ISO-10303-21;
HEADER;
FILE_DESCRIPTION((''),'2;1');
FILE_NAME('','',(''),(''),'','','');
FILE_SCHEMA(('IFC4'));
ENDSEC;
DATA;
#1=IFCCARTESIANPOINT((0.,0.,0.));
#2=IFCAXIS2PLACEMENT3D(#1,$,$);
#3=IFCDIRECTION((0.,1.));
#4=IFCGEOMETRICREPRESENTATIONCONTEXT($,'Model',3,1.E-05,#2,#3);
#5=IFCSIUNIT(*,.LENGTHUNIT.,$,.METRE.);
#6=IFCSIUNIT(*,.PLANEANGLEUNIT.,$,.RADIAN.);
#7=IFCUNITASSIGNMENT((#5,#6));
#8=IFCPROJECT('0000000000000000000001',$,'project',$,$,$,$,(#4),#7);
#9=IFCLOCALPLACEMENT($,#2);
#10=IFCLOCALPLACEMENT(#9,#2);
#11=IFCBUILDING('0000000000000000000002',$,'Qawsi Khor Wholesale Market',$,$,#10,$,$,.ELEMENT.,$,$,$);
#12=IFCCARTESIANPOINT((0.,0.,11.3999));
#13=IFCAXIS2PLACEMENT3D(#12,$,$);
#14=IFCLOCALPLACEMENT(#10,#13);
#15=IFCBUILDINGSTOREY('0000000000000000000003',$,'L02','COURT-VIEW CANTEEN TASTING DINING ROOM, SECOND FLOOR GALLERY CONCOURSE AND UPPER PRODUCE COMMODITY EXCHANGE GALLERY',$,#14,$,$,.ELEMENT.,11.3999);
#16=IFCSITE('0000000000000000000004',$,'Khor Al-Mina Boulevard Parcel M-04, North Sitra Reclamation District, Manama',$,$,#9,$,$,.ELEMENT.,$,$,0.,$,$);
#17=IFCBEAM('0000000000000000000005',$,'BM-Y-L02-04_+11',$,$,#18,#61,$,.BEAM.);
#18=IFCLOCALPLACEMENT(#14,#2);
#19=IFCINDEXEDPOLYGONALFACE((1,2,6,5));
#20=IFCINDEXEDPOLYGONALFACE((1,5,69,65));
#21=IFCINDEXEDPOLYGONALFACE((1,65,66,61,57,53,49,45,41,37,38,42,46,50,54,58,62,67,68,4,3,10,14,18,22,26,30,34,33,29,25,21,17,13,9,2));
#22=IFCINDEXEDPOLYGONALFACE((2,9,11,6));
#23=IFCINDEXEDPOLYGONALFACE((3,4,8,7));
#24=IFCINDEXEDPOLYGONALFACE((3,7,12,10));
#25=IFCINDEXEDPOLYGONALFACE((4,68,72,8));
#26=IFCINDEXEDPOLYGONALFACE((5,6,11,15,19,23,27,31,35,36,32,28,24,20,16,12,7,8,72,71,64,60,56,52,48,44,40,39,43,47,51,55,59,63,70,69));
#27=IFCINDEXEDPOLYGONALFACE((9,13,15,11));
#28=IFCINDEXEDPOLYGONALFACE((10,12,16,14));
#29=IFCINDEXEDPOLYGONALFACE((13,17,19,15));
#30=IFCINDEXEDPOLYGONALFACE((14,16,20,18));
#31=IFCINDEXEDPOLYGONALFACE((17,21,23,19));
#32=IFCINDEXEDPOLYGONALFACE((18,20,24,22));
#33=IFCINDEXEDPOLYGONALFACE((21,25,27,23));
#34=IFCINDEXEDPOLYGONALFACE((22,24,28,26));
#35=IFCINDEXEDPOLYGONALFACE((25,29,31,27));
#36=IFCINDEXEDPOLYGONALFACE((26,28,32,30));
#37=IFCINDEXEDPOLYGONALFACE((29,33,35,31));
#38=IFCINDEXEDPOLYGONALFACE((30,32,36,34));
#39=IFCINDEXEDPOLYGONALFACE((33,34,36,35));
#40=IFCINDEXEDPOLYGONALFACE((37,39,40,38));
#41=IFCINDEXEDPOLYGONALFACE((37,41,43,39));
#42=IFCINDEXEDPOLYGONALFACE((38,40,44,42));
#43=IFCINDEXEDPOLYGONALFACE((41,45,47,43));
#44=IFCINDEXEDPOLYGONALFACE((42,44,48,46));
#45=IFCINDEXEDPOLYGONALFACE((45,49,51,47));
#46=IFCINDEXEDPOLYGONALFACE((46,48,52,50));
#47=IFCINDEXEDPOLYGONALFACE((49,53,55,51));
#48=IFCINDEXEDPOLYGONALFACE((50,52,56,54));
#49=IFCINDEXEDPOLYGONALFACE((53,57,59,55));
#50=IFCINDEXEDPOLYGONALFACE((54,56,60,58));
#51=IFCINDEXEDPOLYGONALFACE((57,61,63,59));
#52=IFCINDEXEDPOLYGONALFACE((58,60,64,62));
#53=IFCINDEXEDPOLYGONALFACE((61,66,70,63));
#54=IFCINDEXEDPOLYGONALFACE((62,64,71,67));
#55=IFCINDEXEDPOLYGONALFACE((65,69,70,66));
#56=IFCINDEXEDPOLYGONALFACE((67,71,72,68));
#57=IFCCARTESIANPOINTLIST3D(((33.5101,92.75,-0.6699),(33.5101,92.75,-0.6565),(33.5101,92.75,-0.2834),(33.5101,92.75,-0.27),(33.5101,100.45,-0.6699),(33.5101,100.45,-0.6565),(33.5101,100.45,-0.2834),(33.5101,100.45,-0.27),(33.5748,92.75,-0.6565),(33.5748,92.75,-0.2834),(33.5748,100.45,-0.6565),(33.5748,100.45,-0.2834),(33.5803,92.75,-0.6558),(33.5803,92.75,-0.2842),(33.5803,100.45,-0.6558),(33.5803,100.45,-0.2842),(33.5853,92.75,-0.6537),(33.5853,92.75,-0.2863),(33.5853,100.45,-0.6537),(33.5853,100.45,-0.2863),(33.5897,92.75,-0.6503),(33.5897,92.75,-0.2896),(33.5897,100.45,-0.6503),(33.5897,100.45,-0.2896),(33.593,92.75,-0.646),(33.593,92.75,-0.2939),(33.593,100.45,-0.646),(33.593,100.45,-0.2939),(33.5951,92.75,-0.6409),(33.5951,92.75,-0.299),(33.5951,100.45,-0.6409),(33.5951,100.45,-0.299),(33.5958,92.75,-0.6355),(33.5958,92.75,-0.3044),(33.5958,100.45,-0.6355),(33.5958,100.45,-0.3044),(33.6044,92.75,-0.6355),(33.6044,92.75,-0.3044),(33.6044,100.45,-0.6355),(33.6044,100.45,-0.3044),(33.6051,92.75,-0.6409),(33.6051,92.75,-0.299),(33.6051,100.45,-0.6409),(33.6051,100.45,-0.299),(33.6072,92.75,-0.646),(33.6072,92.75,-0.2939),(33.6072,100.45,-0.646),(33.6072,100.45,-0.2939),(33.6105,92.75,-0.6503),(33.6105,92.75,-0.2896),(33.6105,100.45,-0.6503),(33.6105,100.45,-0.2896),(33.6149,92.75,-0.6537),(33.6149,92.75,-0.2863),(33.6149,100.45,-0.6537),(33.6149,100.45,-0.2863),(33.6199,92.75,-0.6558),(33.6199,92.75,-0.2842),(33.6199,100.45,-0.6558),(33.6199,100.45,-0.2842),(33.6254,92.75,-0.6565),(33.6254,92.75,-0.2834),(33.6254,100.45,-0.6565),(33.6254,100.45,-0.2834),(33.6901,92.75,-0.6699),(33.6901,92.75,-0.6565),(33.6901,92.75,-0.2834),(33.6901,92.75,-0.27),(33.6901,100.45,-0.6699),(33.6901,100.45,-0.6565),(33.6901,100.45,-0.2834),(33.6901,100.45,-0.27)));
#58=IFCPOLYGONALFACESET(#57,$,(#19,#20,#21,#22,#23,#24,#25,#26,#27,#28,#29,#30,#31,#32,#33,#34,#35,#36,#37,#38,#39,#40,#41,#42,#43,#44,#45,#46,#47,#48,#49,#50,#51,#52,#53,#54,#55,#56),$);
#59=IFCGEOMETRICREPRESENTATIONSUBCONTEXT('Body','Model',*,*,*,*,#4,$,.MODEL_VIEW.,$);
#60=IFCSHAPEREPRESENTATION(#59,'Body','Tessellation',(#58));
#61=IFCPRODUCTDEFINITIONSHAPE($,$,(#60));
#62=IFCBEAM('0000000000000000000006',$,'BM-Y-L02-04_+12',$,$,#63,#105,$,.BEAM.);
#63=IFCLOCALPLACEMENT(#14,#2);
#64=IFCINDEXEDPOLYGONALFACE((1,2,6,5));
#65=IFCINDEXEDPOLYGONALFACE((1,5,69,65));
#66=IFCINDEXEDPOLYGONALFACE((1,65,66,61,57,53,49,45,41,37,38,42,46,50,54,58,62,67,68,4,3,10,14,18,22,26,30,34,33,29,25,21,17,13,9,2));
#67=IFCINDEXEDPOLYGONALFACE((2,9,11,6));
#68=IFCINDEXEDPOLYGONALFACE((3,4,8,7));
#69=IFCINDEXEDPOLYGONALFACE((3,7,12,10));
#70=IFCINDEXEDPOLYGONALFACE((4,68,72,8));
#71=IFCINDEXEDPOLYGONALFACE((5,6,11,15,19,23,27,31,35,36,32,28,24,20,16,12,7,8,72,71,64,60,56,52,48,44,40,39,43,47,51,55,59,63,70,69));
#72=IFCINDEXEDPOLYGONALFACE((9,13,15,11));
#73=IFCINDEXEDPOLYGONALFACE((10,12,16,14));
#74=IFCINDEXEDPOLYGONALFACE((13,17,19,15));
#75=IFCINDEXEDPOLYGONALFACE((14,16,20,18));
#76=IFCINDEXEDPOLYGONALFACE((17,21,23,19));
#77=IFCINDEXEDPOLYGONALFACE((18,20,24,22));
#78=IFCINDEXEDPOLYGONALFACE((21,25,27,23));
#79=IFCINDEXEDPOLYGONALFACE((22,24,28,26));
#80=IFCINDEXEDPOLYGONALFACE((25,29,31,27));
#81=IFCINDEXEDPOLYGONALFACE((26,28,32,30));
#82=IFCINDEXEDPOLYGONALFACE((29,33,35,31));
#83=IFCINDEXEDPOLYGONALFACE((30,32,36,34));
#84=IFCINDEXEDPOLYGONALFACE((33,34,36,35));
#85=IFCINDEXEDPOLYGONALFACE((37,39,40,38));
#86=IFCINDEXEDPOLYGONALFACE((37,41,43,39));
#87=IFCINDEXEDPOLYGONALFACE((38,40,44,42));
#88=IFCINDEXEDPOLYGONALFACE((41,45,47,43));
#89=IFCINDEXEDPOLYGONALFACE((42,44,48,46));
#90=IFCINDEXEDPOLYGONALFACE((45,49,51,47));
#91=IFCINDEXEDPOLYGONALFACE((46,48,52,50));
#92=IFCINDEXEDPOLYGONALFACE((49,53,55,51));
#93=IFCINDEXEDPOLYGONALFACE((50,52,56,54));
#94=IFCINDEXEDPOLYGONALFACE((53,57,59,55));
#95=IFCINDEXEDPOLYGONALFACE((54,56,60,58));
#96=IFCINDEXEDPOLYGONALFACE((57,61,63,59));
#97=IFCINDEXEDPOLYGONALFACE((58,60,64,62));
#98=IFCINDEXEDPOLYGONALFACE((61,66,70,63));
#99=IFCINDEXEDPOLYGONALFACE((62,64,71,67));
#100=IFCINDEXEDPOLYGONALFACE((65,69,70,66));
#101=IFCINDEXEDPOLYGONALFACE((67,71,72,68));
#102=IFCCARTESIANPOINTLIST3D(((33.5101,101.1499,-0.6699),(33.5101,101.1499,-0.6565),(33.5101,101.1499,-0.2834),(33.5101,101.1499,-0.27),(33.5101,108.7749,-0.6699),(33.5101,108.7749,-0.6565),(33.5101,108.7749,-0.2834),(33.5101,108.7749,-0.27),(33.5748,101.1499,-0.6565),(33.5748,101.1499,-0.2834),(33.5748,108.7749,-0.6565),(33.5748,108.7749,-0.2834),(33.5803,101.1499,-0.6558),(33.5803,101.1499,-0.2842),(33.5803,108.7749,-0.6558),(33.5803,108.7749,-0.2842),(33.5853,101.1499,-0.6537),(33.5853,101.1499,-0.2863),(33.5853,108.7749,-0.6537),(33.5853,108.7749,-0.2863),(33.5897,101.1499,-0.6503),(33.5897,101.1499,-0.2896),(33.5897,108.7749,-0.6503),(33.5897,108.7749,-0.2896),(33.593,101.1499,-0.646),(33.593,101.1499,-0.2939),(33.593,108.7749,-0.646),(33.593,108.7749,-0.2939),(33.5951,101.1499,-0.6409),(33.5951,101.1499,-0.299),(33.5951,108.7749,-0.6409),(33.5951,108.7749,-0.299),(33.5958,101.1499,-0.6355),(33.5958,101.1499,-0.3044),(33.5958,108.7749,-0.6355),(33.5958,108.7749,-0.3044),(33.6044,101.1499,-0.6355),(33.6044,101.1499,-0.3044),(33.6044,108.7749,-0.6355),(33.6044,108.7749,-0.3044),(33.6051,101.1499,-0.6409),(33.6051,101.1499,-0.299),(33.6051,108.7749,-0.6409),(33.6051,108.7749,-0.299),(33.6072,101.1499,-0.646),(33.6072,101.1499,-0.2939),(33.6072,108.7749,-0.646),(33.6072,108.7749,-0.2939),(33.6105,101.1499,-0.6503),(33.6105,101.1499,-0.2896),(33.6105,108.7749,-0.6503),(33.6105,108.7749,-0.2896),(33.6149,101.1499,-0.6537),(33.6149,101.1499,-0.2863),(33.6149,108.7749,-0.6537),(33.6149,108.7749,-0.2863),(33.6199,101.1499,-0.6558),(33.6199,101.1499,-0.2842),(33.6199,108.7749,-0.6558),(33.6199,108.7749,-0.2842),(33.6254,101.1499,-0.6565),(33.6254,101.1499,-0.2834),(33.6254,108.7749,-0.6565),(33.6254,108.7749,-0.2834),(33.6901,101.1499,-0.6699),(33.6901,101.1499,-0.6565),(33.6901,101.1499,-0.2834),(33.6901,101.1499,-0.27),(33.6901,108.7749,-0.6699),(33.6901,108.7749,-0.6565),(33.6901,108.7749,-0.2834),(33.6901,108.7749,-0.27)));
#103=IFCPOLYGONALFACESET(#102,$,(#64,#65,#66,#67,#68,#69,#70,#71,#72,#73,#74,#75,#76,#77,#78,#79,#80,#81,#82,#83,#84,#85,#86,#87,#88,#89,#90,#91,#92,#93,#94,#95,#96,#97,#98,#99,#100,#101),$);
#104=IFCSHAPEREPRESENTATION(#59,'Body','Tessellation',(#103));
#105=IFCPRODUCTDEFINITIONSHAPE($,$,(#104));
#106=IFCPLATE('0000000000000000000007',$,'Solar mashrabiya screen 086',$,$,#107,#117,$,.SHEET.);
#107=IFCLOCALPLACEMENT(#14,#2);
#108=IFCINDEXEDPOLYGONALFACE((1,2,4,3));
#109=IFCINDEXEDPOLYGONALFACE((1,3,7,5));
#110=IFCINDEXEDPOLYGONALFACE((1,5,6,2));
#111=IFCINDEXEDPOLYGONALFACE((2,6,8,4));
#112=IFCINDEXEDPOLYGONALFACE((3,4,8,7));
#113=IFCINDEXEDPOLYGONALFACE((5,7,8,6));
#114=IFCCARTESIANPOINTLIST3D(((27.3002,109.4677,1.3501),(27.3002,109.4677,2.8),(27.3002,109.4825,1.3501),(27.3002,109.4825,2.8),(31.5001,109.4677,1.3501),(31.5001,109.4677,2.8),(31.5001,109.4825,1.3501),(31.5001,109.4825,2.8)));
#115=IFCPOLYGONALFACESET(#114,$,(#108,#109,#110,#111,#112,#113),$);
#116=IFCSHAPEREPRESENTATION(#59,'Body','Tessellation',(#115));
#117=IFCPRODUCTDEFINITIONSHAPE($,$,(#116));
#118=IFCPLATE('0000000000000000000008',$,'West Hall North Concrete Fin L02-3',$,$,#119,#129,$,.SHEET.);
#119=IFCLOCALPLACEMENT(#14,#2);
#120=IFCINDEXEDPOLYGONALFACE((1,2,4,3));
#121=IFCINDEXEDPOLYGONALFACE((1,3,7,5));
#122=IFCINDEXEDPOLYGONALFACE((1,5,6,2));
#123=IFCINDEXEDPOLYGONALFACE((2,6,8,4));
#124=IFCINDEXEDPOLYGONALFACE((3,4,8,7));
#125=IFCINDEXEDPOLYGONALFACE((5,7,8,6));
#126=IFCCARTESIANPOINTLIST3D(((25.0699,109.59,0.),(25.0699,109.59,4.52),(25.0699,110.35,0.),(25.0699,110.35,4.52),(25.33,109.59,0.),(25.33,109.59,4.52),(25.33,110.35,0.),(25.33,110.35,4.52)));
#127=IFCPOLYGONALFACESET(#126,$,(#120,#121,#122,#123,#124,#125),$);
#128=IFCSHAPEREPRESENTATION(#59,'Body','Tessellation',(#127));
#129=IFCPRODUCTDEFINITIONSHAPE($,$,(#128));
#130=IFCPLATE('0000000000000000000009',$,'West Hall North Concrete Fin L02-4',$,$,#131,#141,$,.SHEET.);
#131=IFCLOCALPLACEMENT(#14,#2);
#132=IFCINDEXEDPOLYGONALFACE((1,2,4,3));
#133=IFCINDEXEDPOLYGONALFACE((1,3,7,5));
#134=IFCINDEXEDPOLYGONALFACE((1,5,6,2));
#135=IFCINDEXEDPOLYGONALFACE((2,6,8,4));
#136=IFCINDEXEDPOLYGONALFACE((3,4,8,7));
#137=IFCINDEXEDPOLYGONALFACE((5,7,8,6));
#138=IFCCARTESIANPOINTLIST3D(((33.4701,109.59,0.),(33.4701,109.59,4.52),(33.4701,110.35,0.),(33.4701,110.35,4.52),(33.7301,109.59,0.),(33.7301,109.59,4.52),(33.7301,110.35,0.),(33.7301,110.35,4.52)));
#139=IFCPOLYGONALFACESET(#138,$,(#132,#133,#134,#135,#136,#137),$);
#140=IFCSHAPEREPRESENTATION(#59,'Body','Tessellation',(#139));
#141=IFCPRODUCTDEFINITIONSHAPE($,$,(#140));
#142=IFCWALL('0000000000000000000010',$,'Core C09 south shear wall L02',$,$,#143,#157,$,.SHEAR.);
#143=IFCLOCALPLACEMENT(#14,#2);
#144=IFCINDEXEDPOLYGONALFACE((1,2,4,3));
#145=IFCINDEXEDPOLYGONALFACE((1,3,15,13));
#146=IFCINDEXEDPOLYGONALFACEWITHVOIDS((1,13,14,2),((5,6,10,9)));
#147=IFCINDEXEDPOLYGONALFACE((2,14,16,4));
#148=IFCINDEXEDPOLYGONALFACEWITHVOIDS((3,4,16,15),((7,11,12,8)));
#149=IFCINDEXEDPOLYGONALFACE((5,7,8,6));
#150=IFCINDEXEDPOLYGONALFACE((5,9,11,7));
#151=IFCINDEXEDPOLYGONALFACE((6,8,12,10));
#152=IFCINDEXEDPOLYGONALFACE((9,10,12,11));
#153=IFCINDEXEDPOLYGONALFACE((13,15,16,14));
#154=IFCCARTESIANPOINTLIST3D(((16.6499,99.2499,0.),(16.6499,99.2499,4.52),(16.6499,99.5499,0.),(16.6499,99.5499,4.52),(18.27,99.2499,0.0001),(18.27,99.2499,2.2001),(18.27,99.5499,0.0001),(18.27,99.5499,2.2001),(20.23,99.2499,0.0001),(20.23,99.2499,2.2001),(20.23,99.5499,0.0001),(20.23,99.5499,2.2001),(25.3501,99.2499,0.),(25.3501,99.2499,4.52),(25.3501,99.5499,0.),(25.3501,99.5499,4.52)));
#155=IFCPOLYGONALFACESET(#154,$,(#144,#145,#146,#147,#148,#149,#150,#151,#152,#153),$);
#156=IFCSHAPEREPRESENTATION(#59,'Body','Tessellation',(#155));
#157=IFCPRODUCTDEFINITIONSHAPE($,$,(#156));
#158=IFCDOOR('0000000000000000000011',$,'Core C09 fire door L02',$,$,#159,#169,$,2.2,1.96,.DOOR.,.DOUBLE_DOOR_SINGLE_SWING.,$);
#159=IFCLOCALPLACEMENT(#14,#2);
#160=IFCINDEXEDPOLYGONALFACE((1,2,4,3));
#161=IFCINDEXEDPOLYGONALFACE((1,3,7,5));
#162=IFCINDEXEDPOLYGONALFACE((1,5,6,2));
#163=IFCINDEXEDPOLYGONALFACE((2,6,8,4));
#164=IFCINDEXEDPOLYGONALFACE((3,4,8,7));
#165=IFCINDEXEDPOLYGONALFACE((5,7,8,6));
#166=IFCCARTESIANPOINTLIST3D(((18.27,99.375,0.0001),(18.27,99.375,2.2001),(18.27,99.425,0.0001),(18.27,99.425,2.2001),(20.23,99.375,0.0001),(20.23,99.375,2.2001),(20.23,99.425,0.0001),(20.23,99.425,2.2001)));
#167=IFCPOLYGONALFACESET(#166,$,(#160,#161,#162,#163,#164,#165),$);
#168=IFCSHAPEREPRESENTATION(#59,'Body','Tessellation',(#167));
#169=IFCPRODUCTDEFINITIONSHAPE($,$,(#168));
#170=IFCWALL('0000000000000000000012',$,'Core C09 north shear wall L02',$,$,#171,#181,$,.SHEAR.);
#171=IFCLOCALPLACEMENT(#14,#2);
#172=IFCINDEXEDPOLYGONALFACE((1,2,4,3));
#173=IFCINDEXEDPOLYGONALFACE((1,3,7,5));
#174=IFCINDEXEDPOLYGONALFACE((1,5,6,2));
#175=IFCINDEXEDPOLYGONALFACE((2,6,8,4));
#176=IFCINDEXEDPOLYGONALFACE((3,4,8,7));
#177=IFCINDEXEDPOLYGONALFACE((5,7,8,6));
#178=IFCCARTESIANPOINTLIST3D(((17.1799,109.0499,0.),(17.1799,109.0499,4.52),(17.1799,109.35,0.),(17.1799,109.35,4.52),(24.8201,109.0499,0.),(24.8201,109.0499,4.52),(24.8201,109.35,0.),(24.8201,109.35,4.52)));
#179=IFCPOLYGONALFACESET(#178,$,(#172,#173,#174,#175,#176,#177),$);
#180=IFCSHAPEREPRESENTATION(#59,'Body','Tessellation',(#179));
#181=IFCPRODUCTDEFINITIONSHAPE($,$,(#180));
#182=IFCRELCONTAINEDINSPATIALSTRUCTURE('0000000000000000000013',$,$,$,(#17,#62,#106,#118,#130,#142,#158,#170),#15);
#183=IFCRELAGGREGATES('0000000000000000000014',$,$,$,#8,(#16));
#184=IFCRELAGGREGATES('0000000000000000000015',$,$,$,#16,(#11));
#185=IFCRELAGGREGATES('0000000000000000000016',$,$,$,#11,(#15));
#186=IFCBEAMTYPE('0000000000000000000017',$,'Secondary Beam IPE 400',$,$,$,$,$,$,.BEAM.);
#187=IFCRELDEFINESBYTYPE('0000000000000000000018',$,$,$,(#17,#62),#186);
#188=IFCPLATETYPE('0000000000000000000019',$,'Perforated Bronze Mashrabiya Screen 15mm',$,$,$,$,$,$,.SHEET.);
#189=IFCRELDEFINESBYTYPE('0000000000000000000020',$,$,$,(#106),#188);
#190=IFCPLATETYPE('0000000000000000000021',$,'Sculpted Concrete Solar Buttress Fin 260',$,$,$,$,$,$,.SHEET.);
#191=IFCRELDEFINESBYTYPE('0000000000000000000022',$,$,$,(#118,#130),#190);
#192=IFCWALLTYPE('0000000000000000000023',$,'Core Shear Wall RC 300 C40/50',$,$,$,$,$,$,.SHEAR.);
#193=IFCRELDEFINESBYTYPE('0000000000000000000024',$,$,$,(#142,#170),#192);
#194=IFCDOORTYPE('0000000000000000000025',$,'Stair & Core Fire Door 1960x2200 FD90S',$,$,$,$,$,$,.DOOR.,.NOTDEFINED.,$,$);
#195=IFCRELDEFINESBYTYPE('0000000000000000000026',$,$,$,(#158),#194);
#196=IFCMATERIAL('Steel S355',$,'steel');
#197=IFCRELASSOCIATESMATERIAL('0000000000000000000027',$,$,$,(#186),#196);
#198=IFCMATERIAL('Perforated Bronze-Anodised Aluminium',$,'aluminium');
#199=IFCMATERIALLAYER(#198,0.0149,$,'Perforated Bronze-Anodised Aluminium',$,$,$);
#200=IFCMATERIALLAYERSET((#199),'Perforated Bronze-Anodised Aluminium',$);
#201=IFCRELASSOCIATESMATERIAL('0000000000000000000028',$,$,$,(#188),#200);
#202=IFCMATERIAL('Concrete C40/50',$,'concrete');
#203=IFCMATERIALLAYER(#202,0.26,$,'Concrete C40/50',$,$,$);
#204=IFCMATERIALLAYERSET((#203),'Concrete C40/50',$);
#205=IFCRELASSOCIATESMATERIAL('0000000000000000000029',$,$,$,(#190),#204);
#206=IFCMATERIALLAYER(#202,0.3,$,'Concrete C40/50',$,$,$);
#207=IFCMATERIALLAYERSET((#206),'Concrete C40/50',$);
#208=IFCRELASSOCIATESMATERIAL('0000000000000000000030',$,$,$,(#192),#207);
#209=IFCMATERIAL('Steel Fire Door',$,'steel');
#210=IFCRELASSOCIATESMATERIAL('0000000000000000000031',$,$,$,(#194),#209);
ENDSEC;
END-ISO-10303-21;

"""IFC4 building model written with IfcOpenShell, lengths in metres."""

from ifc_helpers import new_model, si_unit, direction, frame, frame_2d, origin, origin_2d, place, context, subcontext, project, spatial, rectangle, i_section, extrude, material, layer, layer_set, material_profile, profile_set, type_object, element, fill, save


model = new_model("IFC4")

# Units and contexts
model_context = context("Model", 3, precision=1e-05, world=origin(), true_north=direction((0.0, 1.0)))
body_context = subcontext(model_context, "Body", "Model", "MODEL_VIEW")
ifc_project = project(units=[si_unit("LENGTHUNIT", "METRE"), si_unit("PLANEANGLEUNIT", "RADIAN")], contexts=[model_context])

# Site, building, storey
site_placement = place(None, origin())
site = spatial("IfcSite", under=ifc_project, at=site_placement, Name="Khor Al-Mina Boulevard Parcel M-04, North Sitra Reclamation District, Manama", CompositionType="ELEMENT", RefElevation=0.0)
building_placement = place(site_placement, origin())
building = spatial("IfcBuilding", under=site, at=building_placement, Name="Qawsi Khor Wholesale Market", CompositionType="ELEMENT")
storey_placement = place(building_placement, frame((0.0, 0.0, 11.3999)))
storey = spatial("IfcBuildingStorey", under=building, at=storey_placement, Name="L02", Description="COURT-VIEW CANTEEN TASTING DINING ROOM, SECOND FLOOR GALLERY CONCOURSE AND UPPER PRODUCE COMMODITY EXCHANGE GALLERY", CompositionType="ELEMENT", Elevation=11.3999)

# Shared definitions
ifc_material_1 = material(Name="Concrete C40/50", Category="concrete")

# Beams
ifc_material_2 = material(Name="Steel S355", Category="steel")
ifc_material_profile_1 = material_profile(ifc_material_2, i_section(OverallWidth=0.1799, OverallDepth=0.3999, WebThickness=0.0085, FlangeThickness=0.0134, FilletRadius=0.021, at=origin_2d()), Name="IPE 400")
ifc_profile_set_1 = profile_set([ifc_material_profile_1], Name="Steel S355")
beam_type_1 = type_object("IfcBeamType", Name="Secondary Beam IPE 400", PredefinedType="BEAM", material=ifc_profile_set_1)
beam_1_placement = place(storey_placement, frame((33.6001, 92.75, -0.47), z_axis=(0.0, 1.0, 0.0), x_axis=(-1.0, 0.0, 0.0)))
element("IfcBeam", 1, at=beam_1_placement, inside=storey, type_object=beam_type_1, Name="BM-Y-L02-04_+11", PredefinedType="BEAM", context=body_context, shape_type="SweptSolid", body=[
    extrude(i_section(OverallWidth=0.1799, OverallDepth=0.3999, WebThickness=0.0085, FlangeThickness=0.0134, FilletRadius=0.021, at=origin_2d()), origin(), (0.0, 0.0, 1.0), 7.7),
])
beam_2_placement = place(storey_placement, frame((33.6001, 101.1499, -0.47), z_axis=(0.0, 1.0, 0.0), x_axis=(-1.0, 0.0, 0.0)))
element("IfcBeam", 2, at=beam_2_placement, inside=storey, type_object=beam_type_1, Name="BM-Y-L02-04_+12", PredefinedType="BEAM", context=body_context, shape_type="SweptSolid", body=[
    extrude(i_section(OverallWidth=0.1799, OverallDepth=0.3999, WebThickness=0.0085, FlangeThickness=0.0134, FilletRadius=0.021, at=origin_2d()), origin(), (0.0, 0.0, 1.0), 7.625),
])

# Plates
ifc_material_3 = material(Name="Perforated Bronze-Anodised Aluminium", Category="aluminium")
ifc_layer_1 = layer(ifc_material_3, 0.0149, Name="Perforated Bronze-Anodised Aluminium")
ifc_layer_set_1 = layer_set([ifc_layer_1], Name="Perforated Bronze-Anodised Aluminium")
plate_type_1 = type_object("IfcPlateType", Name="Perforated Bronze Mashrabiya Screen 15mm", PredefinedType="SHEET", material=ifc_layer_set_1)
plate_placement = place(storey_placement, frame((27.3, 109.4751, 1.3501), z_axis=(0.0, 0.0, 1.0), x_axis=(1.0, 0.0, 0.0)))
element("IfcPlate", 3, at=plate_placement, inside=storey, type_object=plate_type_1, Name="Solar mashrabiya screen 086", PredefinedType="SHEET", context=body_context, shape_type="SweptSolid", body=[
    extrude(rectangle(XDim=4.2, YDim=0.0149, at=frame_2d((2.1001, 0.0))), origin(), (0.0, 0.0, 1.0), 1.45),
])
ifc_layer_2 = layer(ifc_material_1, 0.26, Name="Concrete C40/50")
ifc_layer_set_2 = layer_set([ifc_layer_2], Name="Concrete C40/50")
plate_type_2 = type_object("IfcPlateType", Name="Sculpted Concrete Solar Buttress Fin 260", PredefinedType="SHEET", material=ifc_layer_set_2)
for number, where, z_axis, x_axis, name in (
    (4, (25.2, 109.5901, 0.0), (0.0, 0.0, 1.0), (0.0, 1.0, 0.0), "West Hall North Concrete Fin L02-3"),
    (5, (33.6001, 109.5901, 0.0), (0.0, 0.0, 1.0), (0.0, 1.0, 0.0), "West Hall North Concrete Fin L02-4"),
):
    element("IfcPlate", number, at=place(storey_placement, frame(where, z_axis=z_axis, x_axis=x_axis)), inside=storey, type_object=plate_type_2, Name=name, PredefinedType="SHEET", context=body_context, shape_type="SweptSolid", body=[
        extrude(rectangle(XDim=0.76, YDim=0.26, at=frame_2d((0.3799, 0.0))), origin(), (0.0, 0.0, 1.0), 4.52),
    ])

# Wall, opening, door
ifc_layer_3 = layer(ifc_material_1, 0.3, Name="Concrete C40/50")
ifc_layer_set_3 = layer_set([ifc_layer_3], Name="Concrete C40/50")
wall_type_1 = type_object("IfcWallType", Name="Core Shear Wall RC 300 C40/50", PredefinedType="SHEAR", material=ifc_layer_set_3)
wall_1_placement = place(storey_placement, frame((25.3501, 99.3999, 0.0), z_axis=(0.0, 0.0, 1.0), x_axis=(-1.0, 0.0, 0.0)))
wall_1 = element("IfcWall", 6, at=wall_1_placement, inside=storey, type_object=wall_type_1, Name="Core C09 south shear wall L02", PredefinedType="SHEAR", context=body_context, shape_type="SweptSolid", body=[
    extrude(rectangle(XDim=8.7002, YDim=0.3, at=frame_2d((4.3501, 0.0))), origin(), (0.0, 0.0, 1.0), 4.52),
])
opening_1_placement = place(wall_1_placement, frame((5.1201, 0.0, 0.0)))
opening_1 = element("IfcOpeningElement", 7, at=opening_1_placement, cuts=wall_1, PredefinedType="OPENING", context=body_context, shape_type="SweptSolid", body=[
    extrude(rectangle(XDim=1.96, YDim=2.2, at=frame_2d((0.98, 1.1001))), frame((0.0, 0.1599, 0.0), z_axis=(0.0, -1.0, 0.0), x_axis=(1.0, 0.0, 0.0)), (0.0, 0.0, 1.0), 0.3201),
])
ifc_material_4 = material(Name="Steel Fire Door", Category="steel")
door_type_1 = type_object("IfcDoorType", Name="Stair & Core Fire Door 1960x2200 FD90S", OperationType="NOTDEFINED", PredefinedType="DOOR", material=ifc_material_4)
door_1_placement = place(opening_1_placement, origin())
door_1 = element("IfcDoor", 8, at=door_1_placement, inside=storey, type_object=door_type_1, Name="Core C09 fire door L02", OperationType="DOUBLE_DOOR_SINGLE_SWING", OverallHeight=2.2, OverallWidth=1.96, PredefinedType="DOOR", context=body_context, shape_type="SweptSolid", body=[
    extrude(rectangle(XDim=1.96, YDim=2.2, at=frame_2d((0.98, 1.1001))), frame((0.0, 0.0249, 0.0), z_axis=(0.0, -1.0, 0.0), x_axis=(1.0, 0.0, 0.0)), (0.0, 0.0, 1.0), 0.05),
])
fill(opening_1, door_1)

# Wall
wall_2_placement = place(storey_placement, frame((17.1799, 109.2, 0.0), z_axis=(0.0, 0.0, 1.0), x_axis=(1.0, 0.0, 0.0)))
element("IfcWall", 9, at=wall_2_placement, inside=storey, type_object=wall_type_1, Name="Core C09 north shear wall L02", PredefinedType="SHEAR", context=body_context, shape_type="SweptSolid", body=[
    extrude(rectangle(XDim=7.6401, YDim=0.3, at=frame_2d((3.8201, 0.0))), origin(), (0.0, 0.0, 1.0), 4.52),
])

save(model, "model.ifc")
